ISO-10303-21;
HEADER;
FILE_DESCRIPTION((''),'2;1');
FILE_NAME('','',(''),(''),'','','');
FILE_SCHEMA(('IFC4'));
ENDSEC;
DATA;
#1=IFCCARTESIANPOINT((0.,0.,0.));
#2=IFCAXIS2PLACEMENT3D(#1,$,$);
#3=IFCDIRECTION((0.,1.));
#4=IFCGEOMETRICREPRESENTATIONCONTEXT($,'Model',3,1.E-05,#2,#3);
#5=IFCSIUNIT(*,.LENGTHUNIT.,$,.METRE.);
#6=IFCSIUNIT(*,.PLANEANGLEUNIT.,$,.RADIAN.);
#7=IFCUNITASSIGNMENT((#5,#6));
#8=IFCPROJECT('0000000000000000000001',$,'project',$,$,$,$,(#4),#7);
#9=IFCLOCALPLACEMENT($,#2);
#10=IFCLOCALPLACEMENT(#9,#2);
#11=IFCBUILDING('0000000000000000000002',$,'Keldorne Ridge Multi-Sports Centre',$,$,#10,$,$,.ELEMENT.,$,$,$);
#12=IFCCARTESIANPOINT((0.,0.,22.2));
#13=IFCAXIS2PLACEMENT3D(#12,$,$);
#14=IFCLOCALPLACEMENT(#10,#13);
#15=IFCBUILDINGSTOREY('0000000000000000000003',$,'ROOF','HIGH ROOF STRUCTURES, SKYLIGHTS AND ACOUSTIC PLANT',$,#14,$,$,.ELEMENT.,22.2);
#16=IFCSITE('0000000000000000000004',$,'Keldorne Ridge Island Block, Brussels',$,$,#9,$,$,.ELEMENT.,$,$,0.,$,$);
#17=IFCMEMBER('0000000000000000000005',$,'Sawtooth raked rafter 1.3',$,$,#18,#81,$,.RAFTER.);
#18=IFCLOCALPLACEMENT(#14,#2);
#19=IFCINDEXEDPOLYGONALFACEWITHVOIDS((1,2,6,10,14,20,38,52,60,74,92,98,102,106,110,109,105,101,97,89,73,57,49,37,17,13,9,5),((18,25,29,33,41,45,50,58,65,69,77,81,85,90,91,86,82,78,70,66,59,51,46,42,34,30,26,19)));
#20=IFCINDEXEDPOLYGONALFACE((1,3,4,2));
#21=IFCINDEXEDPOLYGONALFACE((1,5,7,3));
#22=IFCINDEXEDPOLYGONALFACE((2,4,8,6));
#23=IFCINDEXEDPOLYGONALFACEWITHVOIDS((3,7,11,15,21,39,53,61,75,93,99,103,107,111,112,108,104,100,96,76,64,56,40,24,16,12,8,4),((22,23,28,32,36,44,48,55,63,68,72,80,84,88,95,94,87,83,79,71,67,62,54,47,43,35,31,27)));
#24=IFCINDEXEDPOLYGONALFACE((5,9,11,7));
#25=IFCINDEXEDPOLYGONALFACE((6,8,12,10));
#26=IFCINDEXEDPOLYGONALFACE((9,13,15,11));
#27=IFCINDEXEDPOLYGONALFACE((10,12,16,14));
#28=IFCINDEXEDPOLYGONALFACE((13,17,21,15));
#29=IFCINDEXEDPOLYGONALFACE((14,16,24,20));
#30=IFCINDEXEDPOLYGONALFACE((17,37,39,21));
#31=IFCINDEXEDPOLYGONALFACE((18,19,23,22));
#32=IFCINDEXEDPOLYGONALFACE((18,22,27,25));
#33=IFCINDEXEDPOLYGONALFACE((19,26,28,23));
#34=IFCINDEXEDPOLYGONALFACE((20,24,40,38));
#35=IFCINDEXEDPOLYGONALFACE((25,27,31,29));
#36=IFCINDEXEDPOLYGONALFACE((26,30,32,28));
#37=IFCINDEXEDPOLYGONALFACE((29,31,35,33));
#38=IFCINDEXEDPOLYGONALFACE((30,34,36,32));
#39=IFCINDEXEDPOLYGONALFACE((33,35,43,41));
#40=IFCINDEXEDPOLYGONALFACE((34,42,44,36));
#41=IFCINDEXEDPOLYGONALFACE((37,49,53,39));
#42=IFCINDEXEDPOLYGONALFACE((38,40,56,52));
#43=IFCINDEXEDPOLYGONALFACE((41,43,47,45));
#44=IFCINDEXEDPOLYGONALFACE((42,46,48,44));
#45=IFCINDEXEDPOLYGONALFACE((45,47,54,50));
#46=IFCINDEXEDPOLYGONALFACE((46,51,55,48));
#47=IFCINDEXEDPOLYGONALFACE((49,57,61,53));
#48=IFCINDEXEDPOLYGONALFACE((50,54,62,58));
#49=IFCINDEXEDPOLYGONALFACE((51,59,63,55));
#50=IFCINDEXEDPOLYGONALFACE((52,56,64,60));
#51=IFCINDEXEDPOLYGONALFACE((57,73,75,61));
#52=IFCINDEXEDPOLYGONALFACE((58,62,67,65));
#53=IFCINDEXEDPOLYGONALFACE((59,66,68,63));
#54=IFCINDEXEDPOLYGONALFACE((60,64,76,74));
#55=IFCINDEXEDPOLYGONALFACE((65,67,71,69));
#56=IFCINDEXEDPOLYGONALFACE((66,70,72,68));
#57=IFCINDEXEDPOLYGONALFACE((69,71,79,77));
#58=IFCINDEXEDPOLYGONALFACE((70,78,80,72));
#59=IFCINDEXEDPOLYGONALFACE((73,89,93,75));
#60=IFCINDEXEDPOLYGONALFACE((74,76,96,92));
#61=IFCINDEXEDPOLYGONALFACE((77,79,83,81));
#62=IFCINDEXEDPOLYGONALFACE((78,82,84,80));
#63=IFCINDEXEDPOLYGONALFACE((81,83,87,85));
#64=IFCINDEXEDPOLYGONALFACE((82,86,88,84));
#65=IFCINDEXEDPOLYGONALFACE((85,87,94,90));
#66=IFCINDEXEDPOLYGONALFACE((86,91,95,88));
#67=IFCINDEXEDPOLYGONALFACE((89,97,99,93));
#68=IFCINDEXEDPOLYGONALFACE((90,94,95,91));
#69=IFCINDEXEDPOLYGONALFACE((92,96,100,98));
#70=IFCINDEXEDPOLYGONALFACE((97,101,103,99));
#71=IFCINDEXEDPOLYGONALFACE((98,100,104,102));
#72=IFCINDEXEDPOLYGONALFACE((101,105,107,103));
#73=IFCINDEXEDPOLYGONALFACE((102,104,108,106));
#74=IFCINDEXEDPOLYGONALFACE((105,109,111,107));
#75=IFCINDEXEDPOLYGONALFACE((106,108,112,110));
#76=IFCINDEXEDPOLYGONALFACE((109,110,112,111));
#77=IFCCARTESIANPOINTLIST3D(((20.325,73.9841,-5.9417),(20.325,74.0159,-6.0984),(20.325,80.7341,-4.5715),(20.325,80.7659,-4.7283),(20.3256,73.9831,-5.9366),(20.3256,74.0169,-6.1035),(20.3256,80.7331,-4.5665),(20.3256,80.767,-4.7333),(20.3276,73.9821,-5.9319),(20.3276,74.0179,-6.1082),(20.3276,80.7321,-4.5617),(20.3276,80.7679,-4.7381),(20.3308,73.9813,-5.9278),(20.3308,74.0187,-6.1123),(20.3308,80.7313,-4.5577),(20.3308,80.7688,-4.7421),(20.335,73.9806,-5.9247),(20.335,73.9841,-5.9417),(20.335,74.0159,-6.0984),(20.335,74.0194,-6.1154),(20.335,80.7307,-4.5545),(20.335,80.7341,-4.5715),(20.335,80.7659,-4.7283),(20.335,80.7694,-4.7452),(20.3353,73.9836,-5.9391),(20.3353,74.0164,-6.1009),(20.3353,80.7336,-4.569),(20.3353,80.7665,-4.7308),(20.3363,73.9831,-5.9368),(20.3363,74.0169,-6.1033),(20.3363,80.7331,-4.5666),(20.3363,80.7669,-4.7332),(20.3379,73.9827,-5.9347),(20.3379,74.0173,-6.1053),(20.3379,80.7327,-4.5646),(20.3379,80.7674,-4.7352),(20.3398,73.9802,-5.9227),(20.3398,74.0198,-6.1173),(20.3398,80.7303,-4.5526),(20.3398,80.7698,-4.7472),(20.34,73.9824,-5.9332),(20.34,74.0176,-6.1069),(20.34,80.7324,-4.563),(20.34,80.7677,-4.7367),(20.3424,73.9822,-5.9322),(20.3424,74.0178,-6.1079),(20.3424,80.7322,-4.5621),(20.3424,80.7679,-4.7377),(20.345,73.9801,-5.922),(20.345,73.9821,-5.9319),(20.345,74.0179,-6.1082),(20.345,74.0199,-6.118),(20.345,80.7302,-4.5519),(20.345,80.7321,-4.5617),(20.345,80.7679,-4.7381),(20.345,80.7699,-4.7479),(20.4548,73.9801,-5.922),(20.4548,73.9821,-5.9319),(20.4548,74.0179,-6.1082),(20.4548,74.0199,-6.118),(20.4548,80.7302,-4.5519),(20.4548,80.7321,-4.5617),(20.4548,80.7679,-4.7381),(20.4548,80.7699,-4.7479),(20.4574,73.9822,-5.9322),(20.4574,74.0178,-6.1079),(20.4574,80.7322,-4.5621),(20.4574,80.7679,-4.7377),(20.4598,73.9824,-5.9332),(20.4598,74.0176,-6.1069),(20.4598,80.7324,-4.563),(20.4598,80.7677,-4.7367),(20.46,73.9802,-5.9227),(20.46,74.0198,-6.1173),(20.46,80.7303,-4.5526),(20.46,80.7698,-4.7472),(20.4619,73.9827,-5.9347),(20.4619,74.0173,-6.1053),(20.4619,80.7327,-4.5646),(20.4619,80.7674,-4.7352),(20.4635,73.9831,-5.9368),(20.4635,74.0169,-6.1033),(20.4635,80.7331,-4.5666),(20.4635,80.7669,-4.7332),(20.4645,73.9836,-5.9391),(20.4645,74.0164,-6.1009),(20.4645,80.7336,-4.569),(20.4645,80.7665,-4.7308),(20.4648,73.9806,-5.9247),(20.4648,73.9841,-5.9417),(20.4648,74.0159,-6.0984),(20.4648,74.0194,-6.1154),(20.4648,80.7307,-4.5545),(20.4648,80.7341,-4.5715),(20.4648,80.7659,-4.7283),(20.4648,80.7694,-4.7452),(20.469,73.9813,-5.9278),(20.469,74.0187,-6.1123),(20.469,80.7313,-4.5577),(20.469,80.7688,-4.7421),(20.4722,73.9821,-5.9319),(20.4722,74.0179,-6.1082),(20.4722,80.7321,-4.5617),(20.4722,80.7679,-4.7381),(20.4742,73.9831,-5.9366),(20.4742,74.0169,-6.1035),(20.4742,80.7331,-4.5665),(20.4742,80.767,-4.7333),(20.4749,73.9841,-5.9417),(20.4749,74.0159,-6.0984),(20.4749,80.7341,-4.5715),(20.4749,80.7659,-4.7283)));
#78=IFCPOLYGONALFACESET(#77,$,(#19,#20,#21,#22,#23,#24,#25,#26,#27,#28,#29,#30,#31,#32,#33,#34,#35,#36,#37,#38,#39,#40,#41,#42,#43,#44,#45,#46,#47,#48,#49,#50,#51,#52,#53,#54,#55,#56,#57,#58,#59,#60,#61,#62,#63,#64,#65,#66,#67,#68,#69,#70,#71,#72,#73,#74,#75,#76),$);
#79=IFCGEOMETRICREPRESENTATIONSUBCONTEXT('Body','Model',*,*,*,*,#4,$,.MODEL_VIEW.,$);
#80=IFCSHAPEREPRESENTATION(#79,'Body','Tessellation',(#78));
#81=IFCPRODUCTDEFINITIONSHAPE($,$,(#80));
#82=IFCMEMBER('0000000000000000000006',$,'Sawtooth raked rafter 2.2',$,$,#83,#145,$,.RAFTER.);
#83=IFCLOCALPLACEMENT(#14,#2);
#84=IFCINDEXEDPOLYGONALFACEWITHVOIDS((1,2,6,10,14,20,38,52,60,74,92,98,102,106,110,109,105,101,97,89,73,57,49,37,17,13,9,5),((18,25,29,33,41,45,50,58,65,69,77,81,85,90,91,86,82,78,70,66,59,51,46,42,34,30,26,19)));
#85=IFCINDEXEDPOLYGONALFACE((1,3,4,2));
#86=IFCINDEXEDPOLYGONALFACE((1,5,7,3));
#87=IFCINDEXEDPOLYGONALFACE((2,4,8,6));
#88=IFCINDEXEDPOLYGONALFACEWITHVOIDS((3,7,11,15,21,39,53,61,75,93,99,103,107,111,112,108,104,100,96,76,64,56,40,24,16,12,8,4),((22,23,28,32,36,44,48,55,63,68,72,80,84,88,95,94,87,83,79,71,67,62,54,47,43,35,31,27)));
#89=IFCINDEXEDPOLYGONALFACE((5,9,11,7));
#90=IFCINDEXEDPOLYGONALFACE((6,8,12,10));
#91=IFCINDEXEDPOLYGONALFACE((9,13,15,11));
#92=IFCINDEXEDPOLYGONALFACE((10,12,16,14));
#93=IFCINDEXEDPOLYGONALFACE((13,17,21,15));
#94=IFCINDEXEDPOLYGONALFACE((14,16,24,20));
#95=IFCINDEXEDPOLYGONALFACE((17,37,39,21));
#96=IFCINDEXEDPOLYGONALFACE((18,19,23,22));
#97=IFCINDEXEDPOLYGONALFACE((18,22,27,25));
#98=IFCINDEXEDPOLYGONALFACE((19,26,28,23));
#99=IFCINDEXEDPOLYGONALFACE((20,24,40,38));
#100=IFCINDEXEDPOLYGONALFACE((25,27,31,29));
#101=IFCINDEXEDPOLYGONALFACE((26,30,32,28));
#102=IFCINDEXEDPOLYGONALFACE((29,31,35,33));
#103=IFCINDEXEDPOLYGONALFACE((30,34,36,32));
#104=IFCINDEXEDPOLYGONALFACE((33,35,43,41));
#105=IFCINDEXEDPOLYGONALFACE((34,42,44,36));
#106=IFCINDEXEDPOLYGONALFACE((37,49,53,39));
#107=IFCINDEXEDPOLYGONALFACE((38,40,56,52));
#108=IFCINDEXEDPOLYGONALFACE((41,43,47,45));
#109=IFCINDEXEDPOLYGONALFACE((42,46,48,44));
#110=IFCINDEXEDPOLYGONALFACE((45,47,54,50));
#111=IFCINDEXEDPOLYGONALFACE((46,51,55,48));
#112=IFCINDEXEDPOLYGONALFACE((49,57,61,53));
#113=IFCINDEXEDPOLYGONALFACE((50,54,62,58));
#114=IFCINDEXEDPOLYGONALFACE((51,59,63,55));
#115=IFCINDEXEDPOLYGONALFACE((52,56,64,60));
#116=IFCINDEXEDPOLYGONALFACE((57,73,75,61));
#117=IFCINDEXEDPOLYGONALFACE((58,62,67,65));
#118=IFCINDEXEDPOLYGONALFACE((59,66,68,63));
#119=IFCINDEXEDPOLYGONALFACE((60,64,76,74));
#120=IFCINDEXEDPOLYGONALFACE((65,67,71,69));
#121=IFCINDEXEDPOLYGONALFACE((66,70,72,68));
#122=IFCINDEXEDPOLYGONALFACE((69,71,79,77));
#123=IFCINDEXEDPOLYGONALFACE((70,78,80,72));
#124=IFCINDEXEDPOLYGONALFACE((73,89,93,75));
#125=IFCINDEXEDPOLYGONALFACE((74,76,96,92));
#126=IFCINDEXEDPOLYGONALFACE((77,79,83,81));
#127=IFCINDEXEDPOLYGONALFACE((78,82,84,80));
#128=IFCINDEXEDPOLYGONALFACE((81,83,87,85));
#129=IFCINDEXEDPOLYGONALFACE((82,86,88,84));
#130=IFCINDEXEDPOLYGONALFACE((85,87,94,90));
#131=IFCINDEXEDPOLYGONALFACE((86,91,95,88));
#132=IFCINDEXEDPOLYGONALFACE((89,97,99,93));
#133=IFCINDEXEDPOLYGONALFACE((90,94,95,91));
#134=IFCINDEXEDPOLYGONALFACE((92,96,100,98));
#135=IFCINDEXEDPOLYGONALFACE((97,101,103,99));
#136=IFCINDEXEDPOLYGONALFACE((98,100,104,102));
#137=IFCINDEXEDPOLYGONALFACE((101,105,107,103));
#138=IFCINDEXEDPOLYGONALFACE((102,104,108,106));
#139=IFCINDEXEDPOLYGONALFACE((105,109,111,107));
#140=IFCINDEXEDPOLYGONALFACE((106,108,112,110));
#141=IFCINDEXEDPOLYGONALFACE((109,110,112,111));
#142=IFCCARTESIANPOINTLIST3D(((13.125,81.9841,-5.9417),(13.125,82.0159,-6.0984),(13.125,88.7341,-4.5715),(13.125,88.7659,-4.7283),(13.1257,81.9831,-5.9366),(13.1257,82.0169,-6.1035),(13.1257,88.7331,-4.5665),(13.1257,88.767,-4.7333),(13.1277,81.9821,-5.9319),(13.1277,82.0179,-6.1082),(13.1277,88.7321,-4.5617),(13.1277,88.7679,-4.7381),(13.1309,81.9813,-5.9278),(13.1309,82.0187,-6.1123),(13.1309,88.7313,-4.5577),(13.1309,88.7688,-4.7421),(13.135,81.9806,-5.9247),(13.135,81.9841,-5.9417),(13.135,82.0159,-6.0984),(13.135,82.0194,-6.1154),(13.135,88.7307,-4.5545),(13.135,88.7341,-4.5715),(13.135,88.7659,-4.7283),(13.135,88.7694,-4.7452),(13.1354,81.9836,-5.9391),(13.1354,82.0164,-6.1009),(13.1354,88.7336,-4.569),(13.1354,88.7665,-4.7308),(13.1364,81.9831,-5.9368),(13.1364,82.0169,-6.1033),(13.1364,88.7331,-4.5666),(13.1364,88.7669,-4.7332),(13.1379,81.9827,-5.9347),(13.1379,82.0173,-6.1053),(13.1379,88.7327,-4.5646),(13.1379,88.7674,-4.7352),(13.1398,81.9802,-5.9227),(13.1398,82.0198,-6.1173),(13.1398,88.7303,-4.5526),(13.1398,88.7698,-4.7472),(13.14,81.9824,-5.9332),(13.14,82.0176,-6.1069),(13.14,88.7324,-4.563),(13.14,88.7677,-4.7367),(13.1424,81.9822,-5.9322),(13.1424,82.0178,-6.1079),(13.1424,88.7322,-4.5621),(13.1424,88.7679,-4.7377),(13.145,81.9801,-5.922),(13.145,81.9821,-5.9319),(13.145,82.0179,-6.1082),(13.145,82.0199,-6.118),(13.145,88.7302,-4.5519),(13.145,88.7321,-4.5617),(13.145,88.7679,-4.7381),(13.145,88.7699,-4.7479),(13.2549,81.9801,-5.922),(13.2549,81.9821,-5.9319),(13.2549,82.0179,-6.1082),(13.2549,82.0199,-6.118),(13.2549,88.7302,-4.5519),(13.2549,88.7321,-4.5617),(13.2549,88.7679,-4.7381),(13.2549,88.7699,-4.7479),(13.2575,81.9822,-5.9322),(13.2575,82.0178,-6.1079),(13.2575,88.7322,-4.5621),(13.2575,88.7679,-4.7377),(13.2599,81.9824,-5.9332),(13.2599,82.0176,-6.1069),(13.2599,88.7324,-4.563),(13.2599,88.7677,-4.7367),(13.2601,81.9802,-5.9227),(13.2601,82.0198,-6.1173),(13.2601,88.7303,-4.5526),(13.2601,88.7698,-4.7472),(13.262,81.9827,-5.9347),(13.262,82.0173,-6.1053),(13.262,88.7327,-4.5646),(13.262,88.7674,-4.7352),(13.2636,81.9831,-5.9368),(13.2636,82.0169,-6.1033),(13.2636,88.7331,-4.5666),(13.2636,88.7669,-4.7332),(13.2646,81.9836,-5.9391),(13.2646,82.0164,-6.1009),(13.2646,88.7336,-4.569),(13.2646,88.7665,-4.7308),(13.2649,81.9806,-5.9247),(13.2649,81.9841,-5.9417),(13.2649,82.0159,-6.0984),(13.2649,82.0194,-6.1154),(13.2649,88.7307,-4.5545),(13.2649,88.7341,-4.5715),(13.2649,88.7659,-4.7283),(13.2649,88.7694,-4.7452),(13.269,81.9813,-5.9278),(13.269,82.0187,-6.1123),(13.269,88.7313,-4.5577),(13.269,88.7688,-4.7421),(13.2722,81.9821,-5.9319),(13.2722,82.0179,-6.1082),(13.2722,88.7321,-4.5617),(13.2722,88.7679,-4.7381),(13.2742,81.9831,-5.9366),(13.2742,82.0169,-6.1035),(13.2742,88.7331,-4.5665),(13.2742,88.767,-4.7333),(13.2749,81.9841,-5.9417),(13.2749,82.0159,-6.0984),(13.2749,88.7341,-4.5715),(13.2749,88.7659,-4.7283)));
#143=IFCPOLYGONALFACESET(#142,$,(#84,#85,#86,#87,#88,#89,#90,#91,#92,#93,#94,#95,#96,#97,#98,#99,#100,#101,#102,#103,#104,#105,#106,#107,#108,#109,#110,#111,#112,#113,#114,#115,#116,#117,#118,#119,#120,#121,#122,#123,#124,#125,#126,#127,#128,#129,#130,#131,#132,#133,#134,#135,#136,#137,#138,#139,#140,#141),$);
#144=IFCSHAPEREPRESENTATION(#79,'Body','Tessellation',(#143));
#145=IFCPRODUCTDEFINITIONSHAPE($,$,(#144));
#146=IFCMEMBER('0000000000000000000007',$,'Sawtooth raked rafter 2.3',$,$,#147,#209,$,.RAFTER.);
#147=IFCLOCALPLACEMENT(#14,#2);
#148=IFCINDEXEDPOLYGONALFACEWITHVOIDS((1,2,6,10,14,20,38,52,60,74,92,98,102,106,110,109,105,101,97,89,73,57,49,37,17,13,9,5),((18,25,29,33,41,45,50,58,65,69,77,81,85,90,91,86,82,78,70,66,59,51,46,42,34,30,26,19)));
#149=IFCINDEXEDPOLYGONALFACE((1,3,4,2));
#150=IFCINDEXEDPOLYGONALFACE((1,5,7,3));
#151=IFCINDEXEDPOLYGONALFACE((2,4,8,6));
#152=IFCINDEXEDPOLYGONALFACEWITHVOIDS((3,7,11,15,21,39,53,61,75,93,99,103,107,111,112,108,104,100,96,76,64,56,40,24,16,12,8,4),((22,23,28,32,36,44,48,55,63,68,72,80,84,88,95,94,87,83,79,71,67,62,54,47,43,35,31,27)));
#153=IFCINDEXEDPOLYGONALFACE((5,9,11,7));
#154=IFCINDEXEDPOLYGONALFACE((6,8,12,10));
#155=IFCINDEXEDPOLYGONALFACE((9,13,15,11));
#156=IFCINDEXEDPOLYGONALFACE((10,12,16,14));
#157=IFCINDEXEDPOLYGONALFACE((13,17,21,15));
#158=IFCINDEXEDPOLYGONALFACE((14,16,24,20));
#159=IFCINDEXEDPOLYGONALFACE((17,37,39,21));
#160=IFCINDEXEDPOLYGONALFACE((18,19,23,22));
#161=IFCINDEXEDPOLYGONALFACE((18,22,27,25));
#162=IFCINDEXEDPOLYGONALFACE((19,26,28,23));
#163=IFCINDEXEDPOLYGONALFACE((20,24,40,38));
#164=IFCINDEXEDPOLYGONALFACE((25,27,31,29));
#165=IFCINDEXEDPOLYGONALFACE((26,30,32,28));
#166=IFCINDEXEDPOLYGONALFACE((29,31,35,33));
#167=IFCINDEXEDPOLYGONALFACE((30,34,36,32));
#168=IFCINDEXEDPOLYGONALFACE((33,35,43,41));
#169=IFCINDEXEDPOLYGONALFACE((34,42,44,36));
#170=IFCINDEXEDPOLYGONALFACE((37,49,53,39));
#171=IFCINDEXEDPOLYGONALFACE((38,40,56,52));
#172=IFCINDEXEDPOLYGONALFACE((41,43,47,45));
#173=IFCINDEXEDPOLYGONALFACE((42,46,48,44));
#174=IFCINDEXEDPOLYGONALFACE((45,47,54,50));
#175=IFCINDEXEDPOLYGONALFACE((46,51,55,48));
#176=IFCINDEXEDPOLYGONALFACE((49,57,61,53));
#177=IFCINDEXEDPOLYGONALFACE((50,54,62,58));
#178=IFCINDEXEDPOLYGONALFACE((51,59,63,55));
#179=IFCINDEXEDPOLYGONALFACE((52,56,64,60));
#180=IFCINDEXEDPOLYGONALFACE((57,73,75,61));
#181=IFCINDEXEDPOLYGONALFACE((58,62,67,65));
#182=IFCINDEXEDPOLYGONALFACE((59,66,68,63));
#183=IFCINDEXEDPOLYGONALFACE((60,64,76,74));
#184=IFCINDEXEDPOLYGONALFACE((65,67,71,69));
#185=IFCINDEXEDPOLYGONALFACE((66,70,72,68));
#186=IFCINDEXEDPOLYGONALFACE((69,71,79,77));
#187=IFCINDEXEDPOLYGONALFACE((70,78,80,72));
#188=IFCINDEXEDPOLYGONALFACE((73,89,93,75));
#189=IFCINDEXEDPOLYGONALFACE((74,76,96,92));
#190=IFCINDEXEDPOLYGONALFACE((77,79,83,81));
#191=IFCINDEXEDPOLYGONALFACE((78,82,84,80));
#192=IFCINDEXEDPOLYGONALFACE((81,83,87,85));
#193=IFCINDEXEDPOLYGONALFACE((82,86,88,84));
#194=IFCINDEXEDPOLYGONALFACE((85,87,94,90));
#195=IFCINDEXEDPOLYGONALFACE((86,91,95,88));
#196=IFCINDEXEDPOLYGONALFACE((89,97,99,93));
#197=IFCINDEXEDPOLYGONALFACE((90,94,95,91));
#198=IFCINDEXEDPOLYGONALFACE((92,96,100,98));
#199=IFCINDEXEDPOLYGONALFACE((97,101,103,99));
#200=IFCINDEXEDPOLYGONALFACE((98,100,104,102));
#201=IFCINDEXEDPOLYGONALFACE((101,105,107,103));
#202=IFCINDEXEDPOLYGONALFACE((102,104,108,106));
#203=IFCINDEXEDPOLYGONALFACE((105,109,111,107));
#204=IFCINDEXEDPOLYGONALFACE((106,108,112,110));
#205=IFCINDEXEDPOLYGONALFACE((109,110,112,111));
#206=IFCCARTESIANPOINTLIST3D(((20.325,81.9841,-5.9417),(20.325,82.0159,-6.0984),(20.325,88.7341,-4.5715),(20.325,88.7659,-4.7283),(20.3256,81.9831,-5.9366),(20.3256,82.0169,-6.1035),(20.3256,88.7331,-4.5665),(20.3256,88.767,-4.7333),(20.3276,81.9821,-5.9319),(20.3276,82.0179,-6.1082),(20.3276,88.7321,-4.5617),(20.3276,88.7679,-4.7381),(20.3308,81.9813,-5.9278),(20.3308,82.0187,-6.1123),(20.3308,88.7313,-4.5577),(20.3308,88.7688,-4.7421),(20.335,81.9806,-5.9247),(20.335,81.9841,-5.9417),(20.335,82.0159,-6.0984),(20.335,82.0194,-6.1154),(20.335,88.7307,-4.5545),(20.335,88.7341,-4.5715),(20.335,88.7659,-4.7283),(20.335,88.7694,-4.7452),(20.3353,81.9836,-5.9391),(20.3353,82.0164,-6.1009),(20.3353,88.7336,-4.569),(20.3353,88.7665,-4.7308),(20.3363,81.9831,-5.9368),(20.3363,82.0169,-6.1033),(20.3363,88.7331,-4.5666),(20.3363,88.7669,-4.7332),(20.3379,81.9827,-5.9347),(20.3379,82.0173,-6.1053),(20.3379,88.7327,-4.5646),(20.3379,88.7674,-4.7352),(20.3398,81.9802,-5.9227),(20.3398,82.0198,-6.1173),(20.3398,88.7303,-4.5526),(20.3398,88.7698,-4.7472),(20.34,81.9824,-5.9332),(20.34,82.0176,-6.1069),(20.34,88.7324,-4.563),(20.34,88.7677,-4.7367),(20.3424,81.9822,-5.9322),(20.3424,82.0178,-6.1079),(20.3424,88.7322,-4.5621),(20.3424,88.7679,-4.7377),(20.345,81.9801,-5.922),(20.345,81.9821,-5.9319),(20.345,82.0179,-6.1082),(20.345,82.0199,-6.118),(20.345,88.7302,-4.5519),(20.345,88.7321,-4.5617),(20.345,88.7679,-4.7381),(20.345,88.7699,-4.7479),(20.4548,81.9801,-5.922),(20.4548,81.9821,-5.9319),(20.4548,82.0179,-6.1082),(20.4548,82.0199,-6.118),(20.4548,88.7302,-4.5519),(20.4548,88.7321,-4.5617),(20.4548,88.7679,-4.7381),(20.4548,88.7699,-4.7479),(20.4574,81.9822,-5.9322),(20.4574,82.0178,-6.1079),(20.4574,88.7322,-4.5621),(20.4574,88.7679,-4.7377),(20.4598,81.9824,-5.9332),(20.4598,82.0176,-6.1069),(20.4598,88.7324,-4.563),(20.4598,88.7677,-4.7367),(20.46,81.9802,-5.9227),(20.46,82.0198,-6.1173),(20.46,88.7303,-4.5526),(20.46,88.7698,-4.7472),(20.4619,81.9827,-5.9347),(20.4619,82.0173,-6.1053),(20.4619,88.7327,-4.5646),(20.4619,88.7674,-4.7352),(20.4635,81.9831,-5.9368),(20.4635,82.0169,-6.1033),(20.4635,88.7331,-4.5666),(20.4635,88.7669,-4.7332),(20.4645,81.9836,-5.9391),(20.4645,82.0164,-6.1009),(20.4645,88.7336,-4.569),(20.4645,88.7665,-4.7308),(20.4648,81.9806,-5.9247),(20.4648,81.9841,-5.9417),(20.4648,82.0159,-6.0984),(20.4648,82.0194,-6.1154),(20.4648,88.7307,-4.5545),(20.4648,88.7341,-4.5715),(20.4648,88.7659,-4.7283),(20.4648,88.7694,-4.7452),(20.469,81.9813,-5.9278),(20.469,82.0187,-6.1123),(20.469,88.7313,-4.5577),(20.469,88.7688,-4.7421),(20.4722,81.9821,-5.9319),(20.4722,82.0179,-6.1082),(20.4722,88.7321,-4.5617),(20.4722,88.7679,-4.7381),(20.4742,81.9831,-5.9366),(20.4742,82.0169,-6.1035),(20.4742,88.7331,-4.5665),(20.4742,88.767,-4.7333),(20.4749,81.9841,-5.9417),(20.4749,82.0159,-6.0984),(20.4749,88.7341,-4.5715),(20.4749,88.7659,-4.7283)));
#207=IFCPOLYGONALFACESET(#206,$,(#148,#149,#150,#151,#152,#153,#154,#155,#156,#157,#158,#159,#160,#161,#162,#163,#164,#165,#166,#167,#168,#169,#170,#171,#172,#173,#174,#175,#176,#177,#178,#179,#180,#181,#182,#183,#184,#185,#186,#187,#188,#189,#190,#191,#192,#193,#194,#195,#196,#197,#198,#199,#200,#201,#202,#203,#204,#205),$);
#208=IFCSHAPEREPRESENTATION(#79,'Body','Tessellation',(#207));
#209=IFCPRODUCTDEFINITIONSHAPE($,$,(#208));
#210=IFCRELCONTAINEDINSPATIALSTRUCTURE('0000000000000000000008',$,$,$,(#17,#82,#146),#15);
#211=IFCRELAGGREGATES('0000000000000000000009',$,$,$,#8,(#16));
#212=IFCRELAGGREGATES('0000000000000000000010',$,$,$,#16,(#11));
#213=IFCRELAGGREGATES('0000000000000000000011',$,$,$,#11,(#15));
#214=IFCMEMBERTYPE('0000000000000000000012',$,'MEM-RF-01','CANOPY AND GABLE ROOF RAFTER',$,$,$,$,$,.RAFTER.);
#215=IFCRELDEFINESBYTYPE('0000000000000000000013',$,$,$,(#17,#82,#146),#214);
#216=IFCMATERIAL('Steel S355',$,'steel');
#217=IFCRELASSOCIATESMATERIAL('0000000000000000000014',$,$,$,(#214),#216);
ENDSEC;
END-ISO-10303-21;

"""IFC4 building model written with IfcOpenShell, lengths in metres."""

from ifc_helpers import new_model, si_unit, direction, frame, origin, origin_2d, place, context, subcontext, project, spatial, hollow_rectangle, extrude, material, material_profile, profile_set, type_object, element, save


model = new_model("IFC4")

# Units and contexts
model_context = context("Model", 3, precision=1e-05, world=origin(), true_north=direction((0.0, 1.0)))
body_context = subcontext(model_context, "Body", "Model", "MODEL_VIEW")
ifc_project = project(units=[si_unit("LENGTHUNIT", "METRE"), si_unit("PLANEANGLEUNIT", "RADIAN")], contexts=[model_context])

# Site, building, storey
site_placement = place(None, origin())
site = spatial("IfcSite", under=ifc_project, at=site_placement, Name="Keldorne Ridge Island Block, Brussels", CompositionType="ELEMENT", RefElevation=0.0)
building_placement = place(site_placement, origin())
building = spatial("IfcBuilding", under=site, at=building_placement, Name="Keldorne Ridge Multi-Sports Centre", CompositionType="ELEMENT")
storey_placement = place(building_placement, frame((0.0, 0.0, 22.2)))
storey = spatial("IfcBuildingStorey", under=building, at=storey_placement, Name="ROOF", Description="HIGH ROOF STRUCTURES, SKYLIGHTS AND ACOUSTIC PLANT", CompositionType="ELEMENT", Elevation=22.2)

# Shared definitions
ifc_material_1 = material(Name="Steel S355", Category="steel")

# Members
ifc_material_profile_1 = material_profile(ifc_material_1, hollow_rectangle(XDim=0.1499, YDim=0.2, WallThickness=0.01, InnerFilletRadius=0.01, OuterFilletRadius=0.02, at=origin_2d()), Name="RHS 200x150x10")
ifc_profile_set_1 = profile_set([ifc_material_profile_1], Name="Steel S355")
member_type_1 = type_object("IfcMemberType", Name="MEM-RF-01", Description="CANOPY AND GABLE ROOF RAFTER", PredefinedType="RAFTER", material=ifc_profile_set_1)
for number, where, z_axis, x_axis, name in (
    (1, (20.3999, 74.0, -6.02), (0.0, 0.980015, 0.198924), (-1.0, 0.0, 0.0), "Sawtooth raked rafter 1.3"),
    (2, (13.2, 82.0, -6.02), (0.0, 0.980015, 0.198924), (-1.0, 0.0, 0.0), "Sawtooth raked rafter 2.2"),
    (3, (20.3999, 82.0, -6.02), (0.0, 0.980015, 0.198924), (-1.0, 0.0, 0.0), "Sawtooth raked rafter 2.3"),
):
    element("IfcMember", number, at=place(storey_placement, frame(where, z_axis=z_axis, x_axis=x_axis)), inside=storey, type_object=member_type_1, Name=name, PredefinedType="RAFTER", context=body_context, shape_type="SweptSolid", body=[
        extrude(hollow_rectangle(XDim=0.1499, YDim=0.2, WallThickness=0.01, InnerFilletRadius=0.01, OuterFilletRadius=0.02, at=origin_2d()), origin(), (0.0, 0.0, 1.0), 6.8877),
    ])

save(model, "model.ifc")
